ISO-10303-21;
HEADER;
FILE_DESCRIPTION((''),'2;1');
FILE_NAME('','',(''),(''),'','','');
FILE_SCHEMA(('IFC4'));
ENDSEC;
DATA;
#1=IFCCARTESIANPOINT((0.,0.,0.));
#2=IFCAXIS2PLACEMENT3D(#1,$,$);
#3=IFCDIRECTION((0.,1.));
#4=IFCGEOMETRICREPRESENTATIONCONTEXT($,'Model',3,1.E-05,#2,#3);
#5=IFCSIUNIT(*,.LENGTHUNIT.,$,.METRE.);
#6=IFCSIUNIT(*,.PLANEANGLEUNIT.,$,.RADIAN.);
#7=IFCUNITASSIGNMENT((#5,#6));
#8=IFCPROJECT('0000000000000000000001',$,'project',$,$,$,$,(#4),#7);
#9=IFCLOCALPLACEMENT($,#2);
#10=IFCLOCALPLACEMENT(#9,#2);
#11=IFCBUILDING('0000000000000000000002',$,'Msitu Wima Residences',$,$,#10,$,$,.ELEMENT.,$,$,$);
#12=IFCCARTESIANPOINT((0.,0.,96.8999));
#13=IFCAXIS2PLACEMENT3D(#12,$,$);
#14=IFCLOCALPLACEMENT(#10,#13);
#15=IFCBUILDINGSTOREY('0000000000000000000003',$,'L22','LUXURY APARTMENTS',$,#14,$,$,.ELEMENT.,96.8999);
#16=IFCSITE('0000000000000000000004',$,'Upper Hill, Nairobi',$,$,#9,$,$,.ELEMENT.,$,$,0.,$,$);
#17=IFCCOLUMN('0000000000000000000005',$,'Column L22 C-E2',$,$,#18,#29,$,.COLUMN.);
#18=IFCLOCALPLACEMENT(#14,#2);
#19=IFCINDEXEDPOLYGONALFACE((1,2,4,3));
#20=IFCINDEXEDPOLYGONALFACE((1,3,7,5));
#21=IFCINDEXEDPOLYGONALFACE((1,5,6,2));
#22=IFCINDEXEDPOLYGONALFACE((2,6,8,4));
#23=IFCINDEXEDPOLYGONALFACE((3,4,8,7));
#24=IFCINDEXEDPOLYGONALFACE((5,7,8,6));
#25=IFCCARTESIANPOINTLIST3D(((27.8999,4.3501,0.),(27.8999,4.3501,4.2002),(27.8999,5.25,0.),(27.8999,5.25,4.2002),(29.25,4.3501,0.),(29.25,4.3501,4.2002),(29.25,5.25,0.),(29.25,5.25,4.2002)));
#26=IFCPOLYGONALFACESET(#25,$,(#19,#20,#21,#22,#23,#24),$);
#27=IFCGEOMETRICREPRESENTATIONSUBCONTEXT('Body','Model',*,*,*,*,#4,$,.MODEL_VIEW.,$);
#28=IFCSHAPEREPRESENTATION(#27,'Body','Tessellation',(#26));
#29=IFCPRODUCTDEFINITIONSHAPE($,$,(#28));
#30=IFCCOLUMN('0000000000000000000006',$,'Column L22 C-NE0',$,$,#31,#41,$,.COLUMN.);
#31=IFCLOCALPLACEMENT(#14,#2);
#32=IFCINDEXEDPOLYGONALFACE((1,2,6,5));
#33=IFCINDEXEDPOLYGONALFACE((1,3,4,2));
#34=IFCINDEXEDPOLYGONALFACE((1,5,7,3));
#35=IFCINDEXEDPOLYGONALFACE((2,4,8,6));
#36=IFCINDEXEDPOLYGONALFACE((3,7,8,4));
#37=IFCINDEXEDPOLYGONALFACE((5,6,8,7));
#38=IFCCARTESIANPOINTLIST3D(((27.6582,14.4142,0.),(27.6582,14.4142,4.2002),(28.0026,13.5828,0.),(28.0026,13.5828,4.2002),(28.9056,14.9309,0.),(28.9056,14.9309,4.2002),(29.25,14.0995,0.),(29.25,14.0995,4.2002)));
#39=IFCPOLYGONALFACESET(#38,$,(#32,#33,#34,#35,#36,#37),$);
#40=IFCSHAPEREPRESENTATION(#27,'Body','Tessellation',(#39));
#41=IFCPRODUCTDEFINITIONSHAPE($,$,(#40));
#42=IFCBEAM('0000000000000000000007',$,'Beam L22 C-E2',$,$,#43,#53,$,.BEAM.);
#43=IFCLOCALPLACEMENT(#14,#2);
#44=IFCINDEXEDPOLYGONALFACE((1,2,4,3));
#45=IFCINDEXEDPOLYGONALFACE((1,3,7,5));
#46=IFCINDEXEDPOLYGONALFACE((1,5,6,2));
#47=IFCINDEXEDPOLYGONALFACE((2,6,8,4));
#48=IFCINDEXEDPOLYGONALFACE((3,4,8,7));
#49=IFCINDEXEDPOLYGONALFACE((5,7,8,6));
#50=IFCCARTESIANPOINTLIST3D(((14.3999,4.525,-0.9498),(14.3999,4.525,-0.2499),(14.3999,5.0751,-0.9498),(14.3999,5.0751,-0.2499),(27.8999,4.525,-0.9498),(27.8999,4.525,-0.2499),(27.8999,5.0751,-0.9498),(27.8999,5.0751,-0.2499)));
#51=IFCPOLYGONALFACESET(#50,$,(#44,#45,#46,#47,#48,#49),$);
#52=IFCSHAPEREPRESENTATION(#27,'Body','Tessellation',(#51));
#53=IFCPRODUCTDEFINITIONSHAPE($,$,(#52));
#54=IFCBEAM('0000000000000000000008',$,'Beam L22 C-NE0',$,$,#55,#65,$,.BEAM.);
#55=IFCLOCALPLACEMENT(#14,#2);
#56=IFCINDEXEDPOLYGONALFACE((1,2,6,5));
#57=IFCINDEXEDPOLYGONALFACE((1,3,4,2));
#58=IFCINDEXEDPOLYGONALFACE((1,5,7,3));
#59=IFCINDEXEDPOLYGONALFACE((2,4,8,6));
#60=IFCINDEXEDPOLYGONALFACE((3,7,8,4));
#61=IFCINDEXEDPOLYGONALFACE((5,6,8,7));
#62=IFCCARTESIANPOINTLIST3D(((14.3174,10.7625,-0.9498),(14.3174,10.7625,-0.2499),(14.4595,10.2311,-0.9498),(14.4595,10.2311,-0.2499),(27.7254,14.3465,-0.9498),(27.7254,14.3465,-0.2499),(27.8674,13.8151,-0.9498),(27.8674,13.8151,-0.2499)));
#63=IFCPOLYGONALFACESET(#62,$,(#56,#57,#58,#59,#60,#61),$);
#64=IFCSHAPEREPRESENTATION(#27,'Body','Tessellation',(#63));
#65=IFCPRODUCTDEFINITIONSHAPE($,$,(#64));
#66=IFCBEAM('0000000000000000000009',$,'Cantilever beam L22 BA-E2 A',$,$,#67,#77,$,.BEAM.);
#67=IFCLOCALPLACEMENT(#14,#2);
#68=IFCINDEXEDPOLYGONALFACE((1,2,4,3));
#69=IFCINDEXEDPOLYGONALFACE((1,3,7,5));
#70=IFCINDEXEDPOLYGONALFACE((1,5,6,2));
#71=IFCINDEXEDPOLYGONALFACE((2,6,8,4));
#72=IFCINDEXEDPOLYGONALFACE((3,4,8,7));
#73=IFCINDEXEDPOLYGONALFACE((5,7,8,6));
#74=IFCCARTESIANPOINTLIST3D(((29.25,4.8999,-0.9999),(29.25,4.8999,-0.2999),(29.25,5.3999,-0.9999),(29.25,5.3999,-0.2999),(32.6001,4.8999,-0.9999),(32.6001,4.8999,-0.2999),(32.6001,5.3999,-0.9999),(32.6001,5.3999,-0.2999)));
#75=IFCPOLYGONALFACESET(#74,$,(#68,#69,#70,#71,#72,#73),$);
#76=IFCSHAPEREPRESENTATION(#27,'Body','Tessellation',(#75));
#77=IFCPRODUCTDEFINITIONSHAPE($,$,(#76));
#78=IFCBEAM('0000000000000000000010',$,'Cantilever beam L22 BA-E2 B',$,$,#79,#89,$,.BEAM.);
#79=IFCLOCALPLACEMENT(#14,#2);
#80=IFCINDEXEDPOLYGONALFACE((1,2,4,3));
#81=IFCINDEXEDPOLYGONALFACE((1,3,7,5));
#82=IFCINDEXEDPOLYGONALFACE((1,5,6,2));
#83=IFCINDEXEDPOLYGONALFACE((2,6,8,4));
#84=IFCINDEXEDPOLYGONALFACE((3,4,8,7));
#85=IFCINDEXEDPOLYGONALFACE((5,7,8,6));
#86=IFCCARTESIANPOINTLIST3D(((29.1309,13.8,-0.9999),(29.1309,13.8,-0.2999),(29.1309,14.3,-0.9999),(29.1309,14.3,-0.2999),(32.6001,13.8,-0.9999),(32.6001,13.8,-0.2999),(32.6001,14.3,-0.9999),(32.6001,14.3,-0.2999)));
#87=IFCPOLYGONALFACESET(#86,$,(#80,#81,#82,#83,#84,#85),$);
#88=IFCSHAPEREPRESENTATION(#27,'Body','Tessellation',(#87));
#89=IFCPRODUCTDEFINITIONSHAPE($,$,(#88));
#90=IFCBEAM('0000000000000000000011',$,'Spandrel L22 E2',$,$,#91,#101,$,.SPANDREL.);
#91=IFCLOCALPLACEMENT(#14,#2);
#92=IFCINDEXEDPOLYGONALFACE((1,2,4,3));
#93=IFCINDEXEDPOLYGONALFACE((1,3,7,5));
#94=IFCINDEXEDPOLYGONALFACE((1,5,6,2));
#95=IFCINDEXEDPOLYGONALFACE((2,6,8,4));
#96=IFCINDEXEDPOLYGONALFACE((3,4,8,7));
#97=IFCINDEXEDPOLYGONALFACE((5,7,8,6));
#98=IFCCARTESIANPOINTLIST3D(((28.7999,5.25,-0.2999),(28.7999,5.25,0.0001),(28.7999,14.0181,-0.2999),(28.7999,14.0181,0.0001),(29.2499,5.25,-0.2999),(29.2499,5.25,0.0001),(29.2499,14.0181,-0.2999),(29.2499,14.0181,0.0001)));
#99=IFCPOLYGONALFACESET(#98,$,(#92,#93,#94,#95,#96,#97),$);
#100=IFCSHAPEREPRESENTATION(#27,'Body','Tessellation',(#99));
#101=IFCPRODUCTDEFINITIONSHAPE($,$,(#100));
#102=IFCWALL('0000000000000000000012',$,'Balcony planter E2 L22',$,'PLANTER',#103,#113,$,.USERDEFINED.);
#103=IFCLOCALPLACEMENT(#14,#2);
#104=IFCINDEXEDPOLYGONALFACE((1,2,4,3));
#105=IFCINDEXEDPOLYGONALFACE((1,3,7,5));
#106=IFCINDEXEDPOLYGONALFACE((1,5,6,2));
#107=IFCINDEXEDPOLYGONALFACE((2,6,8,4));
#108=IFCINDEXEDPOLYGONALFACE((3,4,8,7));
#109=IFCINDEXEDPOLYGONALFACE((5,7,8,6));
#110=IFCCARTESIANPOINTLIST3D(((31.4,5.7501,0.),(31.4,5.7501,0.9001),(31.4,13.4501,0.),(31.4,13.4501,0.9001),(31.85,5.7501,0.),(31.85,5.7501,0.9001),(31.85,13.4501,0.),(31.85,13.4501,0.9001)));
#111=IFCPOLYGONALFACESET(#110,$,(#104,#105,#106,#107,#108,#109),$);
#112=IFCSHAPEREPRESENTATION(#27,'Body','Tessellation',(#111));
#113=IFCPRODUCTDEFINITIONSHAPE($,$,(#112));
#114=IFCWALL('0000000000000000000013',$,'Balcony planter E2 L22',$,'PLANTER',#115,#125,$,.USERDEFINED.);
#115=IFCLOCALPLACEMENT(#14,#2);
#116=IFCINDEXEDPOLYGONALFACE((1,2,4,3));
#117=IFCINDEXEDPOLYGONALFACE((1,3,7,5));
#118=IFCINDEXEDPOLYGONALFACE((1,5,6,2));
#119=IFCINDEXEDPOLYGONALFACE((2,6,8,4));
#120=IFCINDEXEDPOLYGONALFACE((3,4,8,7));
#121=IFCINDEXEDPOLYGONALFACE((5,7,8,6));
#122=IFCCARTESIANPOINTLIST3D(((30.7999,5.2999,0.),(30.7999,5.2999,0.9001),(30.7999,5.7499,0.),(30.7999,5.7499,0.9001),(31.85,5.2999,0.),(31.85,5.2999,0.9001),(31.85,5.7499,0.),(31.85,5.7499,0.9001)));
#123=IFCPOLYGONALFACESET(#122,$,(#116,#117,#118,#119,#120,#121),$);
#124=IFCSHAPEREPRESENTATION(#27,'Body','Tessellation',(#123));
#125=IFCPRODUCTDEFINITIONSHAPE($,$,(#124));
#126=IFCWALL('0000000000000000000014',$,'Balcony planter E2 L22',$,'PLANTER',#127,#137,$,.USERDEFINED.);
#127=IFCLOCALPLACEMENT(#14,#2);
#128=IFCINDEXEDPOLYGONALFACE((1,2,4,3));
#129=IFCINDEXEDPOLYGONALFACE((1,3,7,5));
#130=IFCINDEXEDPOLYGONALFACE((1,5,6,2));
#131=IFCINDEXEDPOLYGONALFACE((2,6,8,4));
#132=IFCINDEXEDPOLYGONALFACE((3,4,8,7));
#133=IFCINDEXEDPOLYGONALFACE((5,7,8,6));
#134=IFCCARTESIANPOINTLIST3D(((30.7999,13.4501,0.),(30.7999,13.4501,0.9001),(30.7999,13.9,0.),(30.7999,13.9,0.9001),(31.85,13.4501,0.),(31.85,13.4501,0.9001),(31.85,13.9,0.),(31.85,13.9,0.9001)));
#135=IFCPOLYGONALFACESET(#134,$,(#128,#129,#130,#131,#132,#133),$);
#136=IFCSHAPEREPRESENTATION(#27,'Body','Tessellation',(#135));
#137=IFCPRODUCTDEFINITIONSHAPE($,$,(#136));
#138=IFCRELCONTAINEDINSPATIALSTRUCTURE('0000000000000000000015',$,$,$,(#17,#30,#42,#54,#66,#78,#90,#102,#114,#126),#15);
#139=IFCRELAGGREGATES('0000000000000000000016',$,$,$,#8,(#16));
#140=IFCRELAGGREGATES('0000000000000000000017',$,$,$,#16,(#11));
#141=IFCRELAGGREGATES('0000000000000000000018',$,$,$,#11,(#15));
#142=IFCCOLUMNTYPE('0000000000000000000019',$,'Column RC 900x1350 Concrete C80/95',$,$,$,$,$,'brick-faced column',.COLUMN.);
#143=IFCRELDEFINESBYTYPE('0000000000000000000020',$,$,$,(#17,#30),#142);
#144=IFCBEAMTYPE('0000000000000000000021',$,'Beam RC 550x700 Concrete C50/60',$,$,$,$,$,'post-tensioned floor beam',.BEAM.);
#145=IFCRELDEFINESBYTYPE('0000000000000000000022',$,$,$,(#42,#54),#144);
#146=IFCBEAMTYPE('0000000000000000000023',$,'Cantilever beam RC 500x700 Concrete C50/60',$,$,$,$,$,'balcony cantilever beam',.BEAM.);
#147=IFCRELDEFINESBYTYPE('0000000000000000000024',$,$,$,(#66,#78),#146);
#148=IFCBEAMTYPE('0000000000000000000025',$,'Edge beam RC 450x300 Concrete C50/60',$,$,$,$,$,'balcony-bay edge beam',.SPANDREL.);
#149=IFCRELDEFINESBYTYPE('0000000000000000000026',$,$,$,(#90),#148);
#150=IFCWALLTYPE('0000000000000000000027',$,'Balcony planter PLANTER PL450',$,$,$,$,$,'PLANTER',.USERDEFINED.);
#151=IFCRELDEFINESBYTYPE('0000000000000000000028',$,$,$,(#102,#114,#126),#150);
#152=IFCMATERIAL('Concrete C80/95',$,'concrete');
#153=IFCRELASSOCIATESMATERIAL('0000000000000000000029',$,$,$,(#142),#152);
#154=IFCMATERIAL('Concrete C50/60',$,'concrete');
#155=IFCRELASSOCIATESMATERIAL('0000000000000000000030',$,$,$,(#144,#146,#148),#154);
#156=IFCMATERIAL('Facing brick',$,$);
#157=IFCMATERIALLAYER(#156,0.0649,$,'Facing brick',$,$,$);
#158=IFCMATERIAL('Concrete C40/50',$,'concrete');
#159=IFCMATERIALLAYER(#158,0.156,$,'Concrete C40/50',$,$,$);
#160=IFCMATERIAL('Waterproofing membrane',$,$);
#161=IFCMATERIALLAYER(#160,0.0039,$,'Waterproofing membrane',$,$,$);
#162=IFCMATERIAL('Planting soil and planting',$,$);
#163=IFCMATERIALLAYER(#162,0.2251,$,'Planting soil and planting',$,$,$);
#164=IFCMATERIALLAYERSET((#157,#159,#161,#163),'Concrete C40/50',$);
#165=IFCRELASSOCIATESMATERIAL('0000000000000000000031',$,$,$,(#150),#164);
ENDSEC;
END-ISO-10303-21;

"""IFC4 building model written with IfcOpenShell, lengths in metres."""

from ifc_helpers import new_model, si_unit, direction, frame, frame_2d, origin, origin_2d, place, context, subcontext, project, spatial, rectangle, extrude, material, layer, layer_set, material_profile, profile_set, type_object, element, save


model = new_model("IFC4")

# Units and contexts
model_context = context("Model", 3, precision=1e-05, world=origin(), true_north=direction((0.0, 1.0)))
body_context = subcontext(model_context, "Body", "Model", "MODEL_VIEW")
ifc_project = project(units=[si_unit("LENGTHUNIT", "METRE"), si_unit("PLANEANGLEUNIT", "RADIAN")], contexts=[model_context])

# Site, building, storey
site_placement = place(None, origin())
site = spatial("IfcSite", under=ifc_project, at=site_placement, Name="Upper Hill, Nairobi", CompositionType="ELEMENT", RefElevation=0.0)
building_placement = place(site_placement, origin())
building = spatial("IfcBuilding", under=site, at=building_placement, Name="Msitu Wima Residences", CompositionType="ELEMENT")
storey_placement = place(building_placement, frame((0.0, 0.0, 96.8999)))
storey = spatial("IfcBuildingStorey", under=building, at=storey_placement, Name="L22", Description="LUXURY APARTMENTS", CompositionType="ELEMENT", Elevation=96.8999)

# Columns
ifc_material_1 = material(Name="Concrete C80/95", Category="concrete")
ifc_material_profile_1 = material_profile(ifc_material_1, rectangle(XDim=0.8999, YDim=1.3501, at=origin_2d()), Name="RC 900x1350")
ifc_profile_set_1 = profile_set([ifc_material_profile_1], Name="Concrete C80/95")
column_type = type_object("IfcColumnType", Name="Column RC 900x1350 Concrete C80/95", ElementType="brick-faced column", PredefinedType="COLUMN", material=ifc_profile_set_1)
for number, where, z_axis, x_axis, name in (
    (1, (28.575, 4.8, 0.0), (0.0, 0.0, 1.0), (0.0, 1.0, 0.0), "Column L22 C-E2"),
    (2, (28.4541, 14.2568, 0.0), (0.0, 0.0, 1.0), (-0.382683, 0.92388, 0.0), "Column L22 C-NE0"),
):
    element("IfcColumn", number, at=place(storey_placement, frame(where, z_axis=z_axis, x_axis=x_axis)), inside=storey, type_object=column_type, Name=name, PredefinedType="COLUMN", context=body_context, shape_type="SweptSolid", body=[
        extrude(rectangle(XDim=0.8999, YDim=1.3501, at=origin_2d()), origin(), (0.0, 0.0, 1.0), 4.2002),
    ])

# Beams
ifc_material_2 = material(Name="Concrete C50/60", Category="concrete")
ifc_material_profile_2 = material_profile(ifc_material_2, rectangle(XDim=0.55, YDim=0.7, at=origin_2d()), Name="RC 550x700")
ifc_profile_set_2 = profile_set([ifc_material_profile_2], Name="Concrete C50/60")
beam_type_1 = type_object("IfcBeamType", Name="Beam RC 550x700 Concrete C50/60", ElementType="post-tensioned floor beam", PredefinedType="BEAM", material=ifc_profile_set_2)
beam_1_placement = place(storey_placement, frame((27.8999, 4.8, -0.5999), z_axis=(-1.0, 0.0, 0.0), x_axis=(0.0, -1.0, 0.0)))
element("IfcBeam", 3, at=beam_1_placement, inside=storey, type_object=beam_type_1, Name="Beam L22 C-E2", PredefinedType="BEAM", context=body_context, shape_type="SweptSolid", body=[
    extrude(rectangle(XDim=0.55, YDim=0.7, at=origin_2d()), origin(), (0.0, 0.0, 1.0), 13.5),
])
beam_2_placement = place(storey_placement, frame((27.7964, 14.0808, -0.5999), z_axis=(-0.966082, -0.258236, 0.0), x_axis=(0.258236, -0.966082, 0.0)))
element("IfcBeam", 4, at=beam_2_placement, inside=storey, type_object=beam_type_1, Name="Beam L22 C-NE0", PredefinedType="BEAM", context=body_context, shape_type="SweptSolid", body=[
    extrude(rectangle(XDim=0.55, YDim=0.7, at=origin_2d()), origin(), (0.0, 0.0, 1.0), 13.8787),
])
ifc_material_profile_3 = material_profile(ifc_material_2, rectangle(XDim=0.5, YDim=0.7, at=origin_2d()), Name="RC 500x700")
ifc_profile_set_3 = profile_set([ifc_material_profile_3], Name="Concrete C50/60")
beam_type_2 = type_object("IfcBeamType", Name="Cantilever beam RC 500x700 Concrete C50/60", ElementType="balcony cantilever beam", PredefinedType="BEAM", material=ifc_profile_set_3)
beam_3_placement = place(storey_placement, frame((29.25, 5.1499, -0.6499), z_axis=(1.0, 0.0, 0.0), x_axis=(0.0, 1.0, 0.0)))
element("IfcBeam", 5, at=beam_3_placement, inside=storey, type_object=beam_type_2, Name="Cantilever beam L22 BA-E2 A", PredefinedType="BEAM", context=body_context, shape_type="SweptSolid", body=[
    extrude(rectangle(XDim=0.5, YDim=0.7, at=origin_2d()), origin(), (0.0, 0.0, 1.0), 3.3501),
])
beam_4_placement = place(storey_placement, frame((29.1309, 14.05, -0.6499), z_axis=(1.0, 0.0, 0.0), x_axis=(0.0, 1.0, 0.0)))
element("IfcBeam", 6, at=beam_4_placement, inside=storey, type_object=beam_type_2, Name="Cantilever beam L22 BA-E2 B", PredefinedType="BEAM", context=body_context, shape_type="SweptSolid", body=[
    extrude(rectangle(XDim=0.5, YDim=0.7, at=origin_2d()), origin(), (0.0, 0.0, 1.0), 3.4692),
])
ifc_material_profile_4 = material_profile(ifc_material_2, rectangle(XDim=0.45, YDim=0.3, at=origin_2d()), Name="RC 450x300")
ifc_profile_set_4 = profile_set([ifc_material_profile_4], Name="Concrete C50/60")
beam_type_3 = type_object("IfcBeamType", Name="Edge beam RC 450x300 Concrete C50/60", ElementType="balcony-bay edge beam", PredefinedType="SPANDREL", material=ifc_profile_set_4)
beam_5_placement = place(storey_placement, frame((29.0249, 5.25, -0.1499), z_axis=(0.0, 1.0, 0.0), x_axis=(-1.0, 0.0, 0.0)))
element("IfcBeam", 7, at=beam_5_placement, inside=storey, type_object=beam_type_3, Name="Spandrel L22 E2", PredefinedType="SPANDREL", context=body_context, shape_type="SweptSolid", body=[
    extrude(rectangle(XDim=0.45, YDim=0.3, at=origin_2d()), origin(), (0.0, 0.0, 1.0), 8.7681),
])

# Walls
ifc_material_3 = material(Name="Facing brick")
ifc_layer_1 = layer(ifc_material_3, 0.0649, Name="Facing brick")
ifc_material_4 = material(Name="Concrete C40/50", Category="concrete")
ifc_layer_2 = layer(ifc_material_4, 0.156, Name="Concrete C40/50")
ifc_material_5 = material(Name="Waterproofing membrane")
ifc_layer_3 = layer(ifc_material_5, 0.0039, Name="Waterproofing membrane")
ifc_material_6 = material(Name="Planting soil and planting")
ifc_layer_4 = layer(ifc_material_6, 0.2251, Name="Planting soil and planting")
ifc_layer_set_1 = layer_set([ifc_layer_1, ifc_layer_2, ifc_layer_3, ifc_layer_4], Name="Concrete C40/50")
wall_type_1 = type_object("IfcWallType", Name="Balcony planter PLANTER PL450", ElementType="PLANTER", PredefinedType="USERDEFINED", material=ifc_layer_set_1)
wall_1_placement = place(storey_placement, frame((31.625, 5.75, 0.0), z_axis=(0.0, 0.0, 1.0), x_axis=(0.0, 1.0, 0.0)))
element("IfcWall", 8, at=wall_1_placement, inside=storey, type_object=wall_type_1, Name="Balcony planter E2 L22", ObjectType="PLANTER", PredefinedType="USERDEFINED", context=body_context, shape_type="SweptSolid", body=[
    extrude(rectangle(XDim=7.7, YDim=0.45, at=frame_2d((3.8501, 0.0))), origin(), (0.0, 0.0, 1.0), 0.9001),
])
for number, where, z_axis, x_axis, name in (
    (9, (30.8, 5.5249, 0.0), (0.0, 0.0, 1.0), (1.0, 0.0, 0.0), "Balcony planter E2 L22"),
    (10, (30.8, 13.675, 0.0), (0.0, 0.0, 1.0), (1.0, 0.0, 0.0), "Balcony planter E2 L22"),
):
    element("IfcWall", number, at=place(storey_placement, frame(where, z_axis=z_axis, x_axis=x_axis)), inside=storey, type_object=wall_type_1, Name=name, ObjectType="PLANTER", PredefinedType="USERDEFINED", context=body_context, shape_type="SweptSolid", body=[
        extrude(rectangle(XDim=1.05, YDim=0.45, at=frame_2d((0.5249, 0.0))), origin(), (0.0, 0.0, 1.0), 0.9001),
    ])

save(model, "model.ifc")
